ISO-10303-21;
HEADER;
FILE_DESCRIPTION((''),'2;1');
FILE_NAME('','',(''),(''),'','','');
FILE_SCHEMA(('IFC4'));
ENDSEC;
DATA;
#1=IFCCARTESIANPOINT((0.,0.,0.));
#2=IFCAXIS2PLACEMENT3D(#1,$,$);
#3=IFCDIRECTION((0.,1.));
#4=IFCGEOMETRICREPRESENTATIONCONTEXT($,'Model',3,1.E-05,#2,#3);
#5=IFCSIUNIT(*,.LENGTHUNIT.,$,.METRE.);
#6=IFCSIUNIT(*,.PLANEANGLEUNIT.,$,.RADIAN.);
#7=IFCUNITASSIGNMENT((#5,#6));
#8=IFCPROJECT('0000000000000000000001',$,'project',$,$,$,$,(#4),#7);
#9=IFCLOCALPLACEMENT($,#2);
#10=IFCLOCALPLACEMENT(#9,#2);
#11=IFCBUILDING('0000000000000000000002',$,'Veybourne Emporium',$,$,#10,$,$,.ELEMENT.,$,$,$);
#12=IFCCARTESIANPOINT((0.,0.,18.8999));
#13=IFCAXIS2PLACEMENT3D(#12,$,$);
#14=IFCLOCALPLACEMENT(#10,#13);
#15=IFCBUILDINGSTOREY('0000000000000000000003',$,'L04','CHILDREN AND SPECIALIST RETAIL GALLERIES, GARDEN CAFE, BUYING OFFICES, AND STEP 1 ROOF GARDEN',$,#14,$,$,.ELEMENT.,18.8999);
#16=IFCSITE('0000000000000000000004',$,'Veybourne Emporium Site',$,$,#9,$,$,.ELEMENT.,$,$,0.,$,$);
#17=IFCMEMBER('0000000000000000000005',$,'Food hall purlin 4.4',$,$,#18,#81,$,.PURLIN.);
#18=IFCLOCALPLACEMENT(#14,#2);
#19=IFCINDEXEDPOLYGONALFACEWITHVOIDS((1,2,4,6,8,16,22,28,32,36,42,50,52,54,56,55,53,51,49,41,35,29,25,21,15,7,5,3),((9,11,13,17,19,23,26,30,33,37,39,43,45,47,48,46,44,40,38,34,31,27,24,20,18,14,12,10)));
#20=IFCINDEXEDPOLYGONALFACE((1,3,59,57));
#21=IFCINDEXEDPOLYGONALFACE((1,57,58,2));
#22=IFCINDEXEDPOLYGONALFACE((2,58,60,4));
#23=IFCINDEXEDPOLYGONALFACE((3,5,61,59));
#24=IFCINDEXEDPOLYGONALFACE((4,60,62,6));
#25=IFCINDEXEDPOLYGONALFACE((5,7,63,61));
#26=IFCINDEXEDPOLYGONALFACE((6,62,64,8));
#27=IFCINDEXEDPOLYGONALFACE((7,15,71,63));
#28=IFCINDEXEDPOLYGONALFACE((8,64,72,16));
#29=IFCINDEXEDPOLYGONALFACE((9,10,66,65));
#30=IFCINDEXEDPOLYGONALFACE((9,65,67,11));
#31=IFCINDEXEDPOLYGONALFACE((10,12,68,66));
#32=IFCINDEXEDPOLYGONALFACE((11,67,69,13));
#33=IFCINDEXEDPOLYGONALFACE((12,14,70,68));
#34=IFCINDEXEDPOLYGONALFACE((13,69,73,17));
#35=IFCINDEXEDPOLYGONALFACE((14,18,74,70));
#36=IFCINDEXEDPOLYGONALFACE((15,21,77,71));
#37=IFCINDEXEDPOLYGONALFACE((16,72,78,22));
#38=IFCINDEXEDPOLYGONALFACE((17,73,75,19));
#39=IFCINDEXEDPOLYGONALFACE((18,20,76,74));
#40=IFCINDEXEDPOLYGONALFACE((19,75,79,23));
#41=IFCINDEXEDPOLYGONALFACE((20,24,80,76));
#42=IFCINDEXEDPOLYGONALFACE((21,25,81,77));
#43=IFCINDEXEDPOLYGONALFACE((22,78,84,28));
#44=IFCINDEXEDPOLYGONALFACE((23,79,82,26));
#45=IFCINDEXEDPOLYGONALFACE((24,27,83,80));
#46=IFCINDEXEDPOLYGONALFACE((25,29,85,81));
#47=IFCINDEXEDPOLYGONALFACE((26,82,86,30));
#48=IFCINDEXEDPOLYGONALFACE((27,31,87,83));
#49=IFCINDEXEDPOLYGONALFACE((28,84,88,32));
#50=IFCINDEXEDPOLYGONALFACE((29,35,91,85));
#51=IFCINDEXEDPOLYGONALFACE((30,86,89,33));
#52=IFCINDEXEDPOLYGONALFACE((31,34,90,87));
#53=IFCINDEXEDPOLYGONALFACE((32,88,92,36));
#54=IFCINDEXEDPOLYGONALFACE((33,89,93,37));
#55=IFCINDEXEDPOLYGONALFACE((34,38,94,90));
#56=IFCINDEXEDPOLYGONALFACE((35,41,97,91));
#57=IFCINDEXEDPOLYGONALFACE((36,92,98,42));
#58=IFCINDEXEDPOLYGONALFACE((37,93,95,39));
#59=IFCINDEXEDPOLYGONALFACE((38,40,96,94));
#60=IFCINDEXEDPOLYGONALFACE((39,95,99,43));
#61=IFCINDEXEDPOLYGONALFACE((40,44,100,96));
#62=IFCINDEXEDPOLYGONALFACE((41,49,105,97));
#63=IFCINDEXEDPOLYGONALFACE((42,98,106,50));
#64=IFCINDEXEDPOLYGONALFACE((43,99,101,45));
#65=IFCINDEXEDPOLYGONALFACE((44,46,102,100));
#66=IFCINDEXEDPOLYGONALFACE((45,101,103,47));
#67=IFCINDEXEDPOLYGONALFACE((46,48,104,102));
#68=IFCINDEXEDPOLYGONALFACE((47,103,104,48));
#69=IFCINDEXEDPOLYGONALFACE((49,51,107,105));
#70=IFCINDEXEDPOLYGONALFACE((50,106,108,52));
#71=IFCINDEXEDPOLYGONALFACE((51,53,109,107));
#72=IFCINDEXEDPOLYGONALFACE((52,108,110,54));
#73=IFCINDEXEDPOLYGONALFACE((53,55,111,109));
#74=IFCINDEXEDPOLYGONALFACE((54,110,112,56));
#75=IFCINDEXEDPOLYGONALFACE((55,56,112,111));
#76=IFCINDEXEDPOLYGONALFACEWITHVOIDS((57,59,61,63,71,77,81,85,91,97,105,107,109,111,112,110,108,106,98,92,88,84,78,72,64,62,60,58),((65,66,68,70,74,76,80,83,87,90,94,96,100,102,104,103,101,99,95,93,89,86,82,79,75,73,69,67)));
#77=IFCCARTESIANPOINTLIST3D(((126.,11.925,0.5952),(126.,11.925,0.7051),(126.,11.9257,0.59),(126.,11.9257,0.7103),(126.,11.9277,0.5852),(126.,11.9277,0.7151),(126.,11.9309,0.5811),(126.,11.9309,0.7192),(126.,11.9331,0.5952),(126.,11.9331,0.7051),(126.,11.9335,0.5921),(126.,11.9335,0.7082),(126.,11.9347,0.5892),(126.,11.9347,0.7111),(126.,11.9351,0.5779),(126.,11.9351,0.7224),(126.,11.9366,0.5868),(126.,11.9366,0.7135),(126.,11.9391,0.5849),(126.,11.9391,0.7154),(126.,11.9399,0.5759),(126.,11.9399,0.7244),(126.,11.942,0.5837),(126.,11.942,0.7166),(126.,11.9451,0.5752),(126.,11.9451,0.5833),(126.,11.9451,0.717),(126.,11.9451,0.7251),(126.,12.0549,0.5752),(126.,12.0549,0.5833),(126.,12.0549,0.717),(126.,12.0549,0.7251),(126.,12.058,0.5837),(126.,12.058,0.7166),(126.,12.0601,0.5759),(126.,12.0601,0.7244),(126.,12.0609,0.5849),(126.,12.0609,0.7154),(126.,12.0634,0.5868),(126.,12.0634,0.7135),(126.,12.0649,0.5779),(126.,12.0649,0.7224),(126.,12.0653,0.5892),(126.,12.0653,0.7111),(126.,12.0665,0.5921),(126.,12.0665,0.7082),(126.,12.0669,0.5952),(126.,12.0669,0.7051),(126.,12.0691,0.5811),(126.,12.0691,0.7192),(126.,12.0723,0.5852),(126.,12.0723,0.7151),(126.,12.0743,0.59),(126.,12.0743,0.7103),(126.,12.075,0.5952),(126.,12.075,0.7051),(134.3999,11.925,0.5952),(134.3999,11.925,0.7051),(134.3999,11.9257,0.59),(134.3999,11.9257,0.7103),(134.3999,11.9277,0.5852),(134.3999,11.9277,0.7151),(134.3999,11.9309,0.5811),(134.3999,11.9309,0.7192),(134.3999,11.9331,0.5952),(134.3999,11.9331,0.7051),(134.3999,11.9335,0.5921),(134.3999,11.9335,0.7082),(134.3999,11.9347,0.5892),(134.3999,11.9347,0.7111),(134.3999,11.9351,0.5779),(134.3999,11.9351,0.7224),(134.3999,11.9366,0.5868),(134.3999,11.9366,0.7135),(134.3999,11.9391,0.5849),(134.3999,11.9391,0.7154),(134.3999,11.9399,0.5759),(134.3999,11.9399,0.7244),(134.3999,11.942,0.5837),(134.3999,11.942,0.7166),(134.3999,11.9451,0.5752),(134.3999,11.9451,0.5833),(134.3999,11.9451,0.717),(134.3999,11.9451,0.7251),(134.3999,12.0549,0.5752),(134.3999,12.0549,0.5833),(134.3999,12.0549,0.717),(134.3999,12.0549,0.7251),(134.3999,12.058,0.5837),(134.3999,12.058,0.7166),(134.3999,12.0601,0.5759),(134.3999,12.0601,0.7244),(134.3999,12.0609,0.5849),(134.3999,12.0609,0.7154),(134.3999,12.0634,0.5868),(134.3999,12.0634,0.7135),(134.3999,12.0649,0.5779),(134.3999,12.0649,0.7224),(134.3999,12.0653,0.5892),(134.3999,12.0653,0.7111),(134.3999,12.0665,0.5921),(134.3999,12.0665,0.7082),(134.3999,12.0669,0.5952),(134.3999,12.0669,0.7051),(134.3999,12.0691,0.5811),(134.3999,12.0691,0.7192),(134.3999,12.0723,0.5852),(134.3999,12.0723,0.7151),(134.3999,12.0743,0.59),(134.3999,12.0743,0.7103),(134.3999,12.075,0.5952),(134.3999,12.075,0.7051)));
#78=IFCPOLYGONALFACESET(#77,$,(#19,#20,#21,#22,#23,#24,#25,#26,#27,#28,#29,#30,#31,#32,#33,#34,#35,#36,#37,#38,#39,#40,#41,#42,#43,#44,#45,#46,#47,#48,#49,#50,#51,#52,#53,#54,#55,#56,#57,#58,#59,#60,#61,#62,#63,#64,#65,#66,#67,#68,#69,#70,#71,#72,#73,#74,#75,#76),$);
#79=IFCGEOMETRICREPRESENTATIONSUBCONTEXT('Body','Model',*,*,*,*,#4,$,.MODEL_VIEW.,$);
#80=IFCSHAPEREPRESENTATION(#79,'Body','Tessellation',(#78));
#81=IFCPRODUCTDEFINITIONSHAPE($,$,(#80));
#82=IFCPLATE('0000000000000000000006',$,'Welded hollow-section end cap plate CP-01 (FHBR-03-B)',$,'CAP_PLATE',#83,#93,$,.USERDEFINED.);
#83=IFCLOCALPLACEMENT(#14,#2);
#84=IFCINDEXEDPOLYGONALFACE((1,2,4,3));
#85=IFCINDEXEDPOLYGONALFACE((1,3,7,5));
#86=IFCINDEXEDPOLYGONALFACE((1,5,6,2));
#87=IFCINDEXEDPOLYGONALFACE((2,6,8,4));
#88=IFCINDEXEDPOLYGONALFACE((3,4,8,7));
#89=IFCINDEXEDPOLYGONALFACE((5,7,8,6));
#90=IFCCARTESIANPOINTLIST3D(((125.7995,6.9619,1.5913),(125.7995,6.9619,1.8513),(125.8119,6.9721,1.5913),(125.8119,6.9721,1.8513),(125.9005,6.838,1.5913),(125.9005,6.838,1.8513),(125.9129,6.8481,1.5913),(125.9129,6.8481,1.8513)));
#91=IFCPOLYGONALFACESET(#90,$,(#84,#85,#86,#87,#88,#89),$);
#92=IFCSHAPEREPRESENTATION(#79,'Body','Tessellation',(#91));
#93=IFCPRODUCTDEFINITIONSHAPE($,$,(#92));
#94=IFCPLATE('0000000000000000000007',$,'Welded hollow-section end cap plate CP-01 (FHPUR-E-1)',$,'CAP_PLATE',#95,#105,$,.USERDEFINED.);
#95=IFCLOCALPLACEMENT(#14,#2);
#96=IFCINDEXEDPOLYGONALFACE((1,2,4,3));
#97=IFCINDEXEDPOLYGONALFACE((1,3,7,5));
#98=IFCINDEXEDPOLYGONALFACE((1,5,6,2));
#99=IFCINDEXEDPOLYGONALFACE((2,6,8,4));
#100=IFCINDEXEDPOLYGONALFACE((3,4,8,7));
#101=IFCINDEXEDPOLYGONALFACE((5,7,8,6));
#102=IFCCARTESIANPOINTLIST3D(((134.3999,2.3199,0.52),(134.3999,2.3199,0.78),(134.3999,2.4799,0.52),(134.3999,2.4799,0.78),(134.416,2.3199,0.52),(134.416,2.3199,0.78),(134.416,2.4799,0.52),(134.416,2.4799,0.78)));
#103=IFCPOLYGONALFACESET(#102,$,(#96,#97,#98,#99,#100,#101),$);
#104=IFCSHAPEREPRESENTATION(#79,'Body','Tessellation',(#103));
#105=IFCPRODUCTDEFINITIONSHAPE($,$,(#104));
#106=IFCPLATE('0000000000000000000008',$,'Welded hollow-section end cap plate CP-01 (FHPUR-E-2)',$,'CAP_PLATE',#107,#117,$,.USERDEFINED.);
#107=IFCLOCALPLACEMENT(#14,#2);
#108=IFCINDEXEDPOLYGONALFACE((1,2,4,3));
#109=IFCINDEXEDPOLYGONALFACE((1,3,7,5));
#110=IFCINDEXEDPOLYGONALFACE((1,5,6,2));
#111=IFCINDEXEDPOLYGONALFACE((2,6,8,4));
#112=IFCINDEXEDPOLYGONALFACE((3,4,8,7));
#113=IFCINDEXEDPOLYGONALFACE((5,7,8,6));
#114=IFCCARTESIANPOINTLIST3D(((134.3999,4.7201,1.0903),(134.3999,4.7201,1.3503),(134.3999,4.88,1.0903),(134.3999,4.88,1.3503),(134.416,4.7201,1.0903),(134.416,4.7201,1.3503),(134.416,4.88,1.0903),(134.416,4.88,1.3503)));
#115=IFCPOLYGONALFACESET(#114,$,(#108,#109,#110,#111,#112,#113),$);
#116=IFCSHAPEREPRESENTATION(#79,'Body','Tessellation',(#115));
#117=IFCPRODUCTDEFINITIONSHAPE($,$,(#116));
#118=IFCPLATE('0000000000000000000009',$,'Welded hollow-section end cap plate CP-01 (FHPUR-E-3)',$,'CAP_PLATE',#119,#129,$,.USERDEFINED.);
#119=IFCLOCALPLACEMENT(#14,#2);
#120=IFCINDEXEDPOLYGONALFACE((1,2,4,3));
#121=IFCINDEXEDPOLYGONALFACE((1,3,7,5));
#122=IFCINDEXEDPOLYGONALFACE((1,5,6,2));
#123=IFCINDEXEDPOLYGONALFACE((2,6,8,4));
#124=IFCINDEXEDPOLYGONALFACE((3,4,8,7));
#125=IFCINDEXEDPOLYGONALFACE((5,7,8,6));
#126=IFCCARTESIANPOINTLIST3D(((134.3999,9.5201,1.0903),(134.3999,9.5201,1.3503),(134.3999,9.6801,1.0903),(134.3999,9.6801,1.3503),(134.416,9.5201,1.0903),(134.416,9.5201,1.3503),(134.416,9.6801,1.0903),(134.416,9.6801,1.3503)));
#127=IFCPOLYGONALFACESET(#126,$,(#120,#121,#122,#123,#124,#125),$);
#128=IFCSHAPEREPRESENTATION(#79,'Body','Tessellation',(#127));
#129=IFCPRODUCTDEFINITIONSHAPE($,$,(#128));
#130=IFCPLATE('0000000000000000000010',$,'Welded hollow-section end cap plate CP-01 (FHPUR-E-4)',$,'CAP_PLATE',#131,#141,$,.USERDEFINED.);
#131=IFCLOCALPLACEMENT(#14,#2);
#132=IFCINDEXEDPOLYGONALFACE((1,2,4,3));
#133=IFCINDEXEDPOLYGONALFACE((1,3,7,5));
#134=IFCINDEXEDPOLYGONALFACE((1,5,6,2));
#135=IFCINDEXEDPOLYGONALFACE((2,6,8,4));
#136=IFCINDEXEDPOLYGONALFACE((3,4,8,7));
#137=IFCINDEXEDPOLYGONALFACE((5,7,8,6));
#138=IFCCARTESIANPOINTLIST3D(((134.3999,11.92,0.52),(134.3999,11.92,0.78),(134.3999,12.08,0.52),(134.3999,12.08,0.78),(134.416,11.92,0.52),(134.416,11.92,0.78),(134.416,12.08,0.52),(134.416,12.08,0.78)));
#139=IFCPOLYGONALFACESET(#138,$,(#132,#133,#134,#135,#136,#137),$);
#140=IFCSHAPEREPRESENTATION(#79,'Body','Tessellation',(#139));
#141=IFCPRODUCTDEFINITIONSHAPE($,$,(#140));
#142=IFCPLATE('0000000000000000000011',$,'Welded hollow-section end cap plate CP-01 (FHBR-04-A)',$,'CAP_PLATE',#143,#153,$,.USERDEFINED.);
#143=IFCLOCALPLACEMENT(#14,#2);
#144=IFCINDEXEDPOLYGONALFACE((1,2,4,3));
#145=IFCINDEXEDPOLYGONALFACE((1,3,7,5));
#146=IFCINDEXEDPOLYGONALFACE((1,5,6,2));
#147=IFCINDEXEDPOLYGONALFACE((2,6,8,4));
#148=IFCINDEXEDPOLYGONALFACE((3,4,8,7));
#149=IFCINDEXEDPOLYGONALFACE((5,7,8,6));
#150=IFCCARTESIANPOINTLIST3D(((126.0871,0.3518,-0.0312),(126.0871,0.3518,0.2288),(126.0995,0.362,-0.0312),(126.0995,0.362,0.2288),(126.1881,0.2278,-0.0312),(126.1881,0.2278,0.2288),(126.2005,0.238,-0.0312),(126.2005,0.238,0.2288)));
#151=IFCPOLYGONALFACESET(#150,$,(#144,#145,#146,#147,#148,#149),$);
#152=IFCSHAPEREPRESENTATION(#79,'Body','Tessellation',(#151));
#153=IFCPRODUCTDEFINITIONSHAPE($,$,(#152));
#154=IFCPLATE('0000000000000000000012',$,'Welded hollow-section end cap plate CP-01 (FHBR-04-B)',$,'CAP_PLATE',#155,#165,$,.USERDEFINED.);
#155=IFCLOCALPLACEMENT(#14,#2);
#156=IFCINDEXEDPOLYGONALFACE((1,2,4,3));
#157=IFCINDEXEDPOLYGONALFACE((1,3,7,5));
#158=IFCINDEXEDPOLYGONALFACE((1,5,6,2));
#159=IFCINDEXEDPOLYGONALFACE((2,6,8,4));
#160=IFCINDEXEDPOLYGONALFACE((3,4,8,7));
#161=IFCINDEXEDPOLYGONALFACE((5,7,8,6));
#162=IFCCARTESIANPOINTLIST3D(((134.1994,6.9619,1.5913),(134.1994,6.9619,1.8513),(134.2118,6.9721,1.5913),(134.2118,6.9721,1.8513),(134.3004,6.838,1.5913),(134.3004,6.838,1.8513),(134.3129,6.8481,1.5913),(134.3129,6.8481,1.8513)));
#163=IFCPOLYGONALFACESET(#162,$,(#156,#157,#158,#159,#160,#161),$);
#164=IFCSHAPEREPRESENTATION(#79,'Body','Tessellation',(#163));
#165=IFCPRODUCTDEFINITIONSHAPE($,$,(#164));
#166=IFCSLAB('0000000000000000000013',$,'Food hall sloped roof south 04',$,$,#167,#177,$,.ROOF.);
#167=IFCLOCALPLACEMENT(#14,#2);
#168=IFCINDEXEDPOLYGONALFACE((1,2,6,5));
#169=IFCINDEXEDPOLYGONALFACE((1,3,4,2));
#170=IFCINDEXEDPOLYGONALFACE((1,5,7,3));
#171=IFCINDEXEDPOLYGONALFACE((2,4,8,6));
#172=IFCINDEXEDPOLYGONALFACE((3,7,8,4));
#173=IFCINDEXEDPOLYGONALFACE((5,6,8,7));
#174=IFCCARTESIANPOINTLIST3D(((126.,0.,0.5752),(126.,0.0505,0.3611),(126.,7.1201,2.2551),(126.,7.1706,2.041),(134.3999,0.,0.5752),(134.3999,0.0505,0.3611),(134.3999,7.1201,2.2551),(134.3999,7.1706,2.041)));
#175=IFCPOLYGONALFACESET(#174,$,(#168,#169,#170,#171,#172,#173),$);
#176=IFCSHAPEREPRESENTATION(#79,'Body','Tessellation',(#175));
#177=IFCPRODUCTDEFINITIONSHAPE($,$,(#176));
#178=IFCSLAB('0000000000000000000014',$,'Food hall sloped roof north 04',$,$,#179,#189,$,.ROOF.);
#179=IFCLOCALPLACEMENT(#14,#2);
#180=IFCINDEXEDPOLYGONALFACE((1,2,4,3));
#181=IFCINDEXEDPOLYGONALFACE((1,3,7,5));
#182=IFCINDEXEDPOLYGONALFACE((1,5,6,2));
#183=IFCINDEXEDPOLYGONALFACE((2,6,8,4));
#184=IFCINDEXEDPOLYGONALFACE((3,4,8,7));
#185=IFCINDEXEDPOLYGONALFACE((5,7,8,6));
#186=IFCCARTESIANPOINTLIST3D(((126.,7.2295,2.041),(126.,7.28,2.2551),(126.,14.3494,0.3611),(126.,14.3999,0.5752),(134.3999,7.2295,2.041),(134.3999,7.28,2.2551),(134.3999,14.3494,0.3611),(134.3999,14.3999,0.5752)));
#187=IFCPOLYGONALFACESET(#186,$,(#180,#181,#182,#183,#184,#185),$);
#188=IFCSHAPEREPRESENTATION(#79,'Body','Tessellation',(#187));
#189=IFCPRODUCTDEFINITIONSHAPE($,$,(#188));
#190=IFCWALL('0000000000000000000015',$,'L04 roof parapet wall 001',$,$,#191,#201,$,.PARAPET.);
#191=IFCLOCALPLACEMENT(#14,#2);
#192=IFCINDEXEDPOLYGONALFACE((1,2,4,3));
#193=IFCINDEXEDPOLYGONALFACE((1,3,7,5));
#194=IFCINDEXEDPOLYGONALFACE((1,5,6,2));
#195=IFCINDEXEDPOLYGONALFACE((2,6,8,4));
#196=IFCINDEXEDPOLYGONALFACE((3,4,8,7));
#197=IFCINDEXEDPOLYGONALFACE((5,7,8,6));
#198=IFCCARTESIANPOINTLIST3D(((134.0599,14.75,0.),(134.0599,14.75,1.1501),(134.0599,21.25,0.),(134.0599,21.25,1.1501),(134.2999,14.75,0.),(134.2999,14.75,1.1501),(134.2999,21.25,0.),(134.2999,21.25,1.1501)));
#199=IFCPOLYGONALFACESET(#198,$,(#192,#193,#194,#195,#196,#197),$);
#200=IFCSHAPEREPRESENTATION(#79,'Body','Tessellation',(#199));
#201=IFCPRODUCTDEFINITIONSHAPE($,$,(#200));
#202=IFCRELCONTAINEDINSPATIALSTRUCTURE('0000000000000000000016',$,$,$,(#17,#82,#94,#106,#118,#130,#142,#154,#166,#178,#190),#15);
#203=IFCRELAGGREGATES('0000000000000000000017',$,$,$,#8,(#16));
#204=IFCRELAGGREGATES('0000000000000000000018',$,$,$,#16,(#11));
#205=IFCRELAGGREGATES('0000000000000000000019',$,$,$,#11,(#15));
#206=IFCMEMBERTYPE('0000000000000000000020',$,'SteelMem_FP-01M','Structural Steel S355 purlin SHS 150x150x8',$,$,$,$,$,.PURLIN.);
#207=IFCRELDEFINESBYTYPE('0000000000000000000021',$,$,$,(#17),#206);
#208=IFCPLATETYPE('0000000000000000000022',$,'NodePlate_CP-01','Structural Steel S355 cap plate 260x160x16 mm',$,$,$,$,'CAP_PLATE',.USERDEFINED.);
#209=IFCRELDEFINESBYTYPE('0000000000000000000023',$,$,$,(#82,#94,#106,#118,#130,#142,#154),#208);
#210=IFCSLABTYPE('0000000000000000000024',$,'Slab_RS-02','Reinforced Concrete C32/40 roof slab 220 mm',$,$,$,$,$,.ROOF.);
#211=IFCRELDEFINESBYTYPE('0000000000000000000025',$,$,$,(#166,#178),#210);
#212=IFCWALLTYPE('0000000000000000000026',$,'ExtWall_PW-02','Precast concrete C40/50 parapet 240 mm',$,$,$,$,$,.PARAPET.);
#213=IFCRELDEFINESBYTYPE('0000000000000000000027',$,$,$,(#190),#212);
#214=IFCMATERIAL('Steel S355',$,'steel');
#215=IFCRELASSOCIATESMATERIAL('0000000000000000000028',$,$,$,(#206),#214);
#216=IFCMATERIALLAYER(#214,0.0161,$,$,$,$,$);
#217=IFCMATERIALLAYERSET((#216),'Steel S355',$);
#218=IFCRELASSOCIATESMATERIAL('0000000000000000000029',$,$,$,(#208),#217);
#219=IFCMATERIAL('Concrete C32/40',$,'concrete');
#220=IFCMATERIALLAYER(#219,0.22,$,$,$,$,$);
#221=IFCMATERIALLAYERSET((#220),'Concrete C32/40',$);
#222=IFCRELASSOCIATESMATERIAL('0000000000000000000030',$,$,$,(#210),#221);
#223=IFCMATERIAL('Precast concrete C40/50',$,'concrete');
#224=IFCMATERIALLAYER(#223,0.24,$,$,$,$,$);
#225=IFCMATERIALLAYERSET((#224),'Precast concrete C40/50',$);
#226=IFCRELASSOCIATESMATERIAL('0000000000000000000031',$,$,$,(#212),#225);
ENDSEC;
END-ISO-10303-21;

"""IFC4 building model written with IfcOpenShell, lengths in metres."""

from ifc_helpers import new_model, si_unit, direction, frame, frame_2d, origin, origin_2d, place, context, subcontext, project, spatial, polyline, rectangle, hollow_rectangle, outline, extrude, material, layer, layer_set, material_profile, profile_set, type_object, element, save


model = new_model("IFC4")

# Units and contexts
model_context = context("Model", 3, precision=1e-05, world=origin(), true_north=direction((0.0, 1.0)))
body_context = subcontext(model_context, "Body", "Model", "MODEL_VIEW")
ifc_project = project(units=[si_unit("LENGTHUNIT", "METRE"), si_unit("PLANEANGLEUNIT", "RADIAN")], contexts=[model_context])

# Site, building, storey
site_placement = place(None, origin())
site = spatial("IfcSite", under=ifc_project, at=site_placement, Name="Veybourne Emporium Site", CompositionType="ELEMENT", RefElevation=0.0)
building_placement = place(site_placement, origin())
building = spatial("IfcBuilding", under=site, at=building_placement, Name="Veybourne Emporium", CompositionType="ELEMENT")
storey_placement = place(building_placement, frame((0.0, 0.0, 18.8999)))
storey = spatial("IfcBuildingStorey", under=building, at=storey_placement, Name="L04", Description="CHILDREN AND SPECIALIST RETAIL GALLERIES, GARDEN CAFE, BUYING OFFICES, AND STEP 1 ROOF GARDEN", CompositionType="ELEMENT", Elevation=18.8999)

# Shared definitions
ifc_material_1 = material(Name="Steel S355", Category="steel")

# Member
ifc_material_profile_1 = material_profile(ifc_material_1, hollow_rectangle(XDim=0.1499, YDim=0.1499, WallThickness=0.0081, InnerFilletRadius=0.012, OuterFilletRadius=0.02, at=origin_2d()), Name="SHS 150x150x8")
ifc_profile_set_1 = profile_set([ifc_material_profile_1], Name="Steel S355")
member_type_1 = type_object("IfcMemberType", Name="SteelMem_FP-01M", Description="Structural Steel S355 purlin SHS 150x150x8", PredefinedType="PURLIN", material=ifc_profile_set_1)
for number, where, z_axis, x_axis, name in (
    (1, (126.0, 12.0, 0.6501), (1.0, 0.0, 0.0), (0.0, 1.0, 0.0), "Food hall purlin 4.4"),
):
    element("IfcMember", number, at=place(storey_placement, frame(where, z_axis=z_axis, x_axis=x_axis)), inside=storey, type_object=member_type_1, Name=name, PredefinedType="PURLIN", context=body_context, shape_type="SweptSolid", body=[
        extrude(hollow_rectangle(XDim=0.1499, YDim=0.1499, WallThickness=0.0081, InnerFilletRadius=0.012, OuterFilletRadius=0.02, at=origin_2d()), origin(), (0.0, 0.0, 1.0), 8.3999),
    ])

# Plates
ifc_layer_1 = layer(ifc_material_1, 0.0161)
ifc_layer_set_1 = layer_set([ifc_layer_1], Name="Steel S355")
plate_type = type_object("IfcPlateType", Name="NodePlate_CP-01", Description="Structural Steel S355 cap plate 260x160x16 mm", ElementType="CAP_PLATE", PredefinedType="USERDEFINED", material=ifc_layer_set_1)
for number, where, z_axis, x_axis, name in (
    (2, (125.8562, 6.905, 1.5913), (0.0, 0.0, 1.0), (0.775275, 0.631623, 0.0), "Welded hollow-section end cap plate CP-01 (FHBR-03-B)"),
    (3, (134.408, 2.3999, 0.52), (0.0, 0.0, 1.0), (1.0, 0.0, 0.0), "Welded hollow-section end cap plate CP-01 (FHPUR-E-1)"),
    (4, (134.408, 4.8, 1.0903), (0.0, 0.0, 1.0), (1.0, 0.0, 0.0), "Welded hollow-section end cap plate CP-01 (FHPUR-E-2)"),
    (5, (134.408, 9.6001, 1.0903), (0.0, 0.0, 1.0), (1.0, 0.0, 0.0), "Welded hollow-section end cap plate CP-01 (FHPUR-E-3)"),
    (6, (134.408, 12.0, 0.52), (0.0, 0.0, 1.0), (1.0, 0.0, 0.0), "Welded hollow-section end cap plate CP-01 (FHPUR-E-4)"),
    (7, (126.1438, 0.2949, -0.0312), (0.0, 0.0, 1.0), (0.775275, 0.631623, 0.0), "Welded hollow-section end cap plate CP-01 (FHBR-04-A)"),
    (8, (134.2561, 6.905, 1.5913), (0.0, 0.0, 1.0), (0.775275, 0.631623, 0.0), "Welded hollow-section end cap plate CP-01 (FHBR-04-B)"),
):
    element("IfcPlate", number, at=place(storey_placement, frame(where, z_axis=z_axis, x_axis=x_axis)), inside=storey, type_object=plate_type, Name=name, ObjectType="CAP_PLATE", PredefinedType="USERDEFINED", context=body_context, shape_type="SweptSolid", body=[
        extrude(rectangle(XDim=0.0161, YDim=0.1599, at=origin_2d()), origin(), (0.0, 0.0, 1.0), 0.26),
    ])

# Slabs
ifc_material_2 = material(Name="Concrete C32/40", Category="concrete")
ifc_layer_2 = layer(ifc_material_2, 0.22)
ifc_layer_set_2 = layer_set([ifc_layer_2], Name="Concrete C32/40")
slab_type = type_object("IfcSlabType", Name="Slab_RS-02", Description="Reinforced Concrete C32/40 roof slab 220 mm", PredefinedType="ROOF", material=ifc_layer_set_2)
slab_1_placement = place(storey_placement, frame((126.0, 0.0, 0.5752), z_axis=(0.0, -0.229636, 0.973276), x_axis=(1.0, 0.0, 0.0)))
element("IfcSlab", 9, at=slab_1_placement, inside=storey, type_object=slab_type, Name="Food hall sloped roof south 04", PredefinedType="ROOF", context=body_context, shape_type="SweptSolid", body=[
    extrude(outline(polyline([(0.0, 0.0), (8.3999, 0.0), (8.3999, 7.3156), (0.0, 7.3156), (0.0, 0.0)])), origin(), (0.0, 0.0, -1.0), 0.22),
])
slab_2_placement = place(storey_placement, frame((126.0, 7.28, 2.2551), z_axis=(0.0, 0.229644, 0.973275), x_axis=(1.0, 0.0, 0.0)))
element("IfcSlab", 10, at=slab_2_placement, inside=storey, type_object=slab_type, Name="Food hall sloped roof north 04", PredefinedType="ROOF", context=body_context, shape_type="SweptSolid", body=[
    extrude(outline(polyline([(0.0, 0.0), (8.3999, 0.0), (8.3999, 7.3154), (0.0, 7.3154), (0.0, 0.0)])), origin(), (0.0, 0.0, -1.0), 0.22),
])

# Wall
ifc_material_3 = material(Name="Precast concrete C40/50", Category="concrete")
ifc_layer_3 = layer(ifc_material_3, 0.24)
ifc_layer_set_3 = layer_set([ifc_layer_3], Name="Precast concrete C40/50")
wall_type = type_object("IfcWallType", Name="ExtWall_PW-02", Description="Precast concrete C40/50 parapet 240 mm", PredefinedType="PARAPET", material=ifc_layer_set_3)
wall_1_placement = place(storey_placement, frame((134.1799, 21.25, 0.0), z_axis=(0.0, 0.0, 1.0), x_axis=(0.0, -1.0, 0.0)))
element("IfcWall", 11, at=wall_1_placement, inside=storey, type_object=wall_type, Name="L04 roof parapet wall 001", PredefinedType="PARAPET", context=body_context, shape_type="SweptSolid", body=[
    extrude(rectangle(XDim=6.5, YDim=0.24, at=frame_2d((3.25, 0.0))), origin(), (0.0, 0.0, 1.0), 1.1501),
])

save(model, "model.ifc")
